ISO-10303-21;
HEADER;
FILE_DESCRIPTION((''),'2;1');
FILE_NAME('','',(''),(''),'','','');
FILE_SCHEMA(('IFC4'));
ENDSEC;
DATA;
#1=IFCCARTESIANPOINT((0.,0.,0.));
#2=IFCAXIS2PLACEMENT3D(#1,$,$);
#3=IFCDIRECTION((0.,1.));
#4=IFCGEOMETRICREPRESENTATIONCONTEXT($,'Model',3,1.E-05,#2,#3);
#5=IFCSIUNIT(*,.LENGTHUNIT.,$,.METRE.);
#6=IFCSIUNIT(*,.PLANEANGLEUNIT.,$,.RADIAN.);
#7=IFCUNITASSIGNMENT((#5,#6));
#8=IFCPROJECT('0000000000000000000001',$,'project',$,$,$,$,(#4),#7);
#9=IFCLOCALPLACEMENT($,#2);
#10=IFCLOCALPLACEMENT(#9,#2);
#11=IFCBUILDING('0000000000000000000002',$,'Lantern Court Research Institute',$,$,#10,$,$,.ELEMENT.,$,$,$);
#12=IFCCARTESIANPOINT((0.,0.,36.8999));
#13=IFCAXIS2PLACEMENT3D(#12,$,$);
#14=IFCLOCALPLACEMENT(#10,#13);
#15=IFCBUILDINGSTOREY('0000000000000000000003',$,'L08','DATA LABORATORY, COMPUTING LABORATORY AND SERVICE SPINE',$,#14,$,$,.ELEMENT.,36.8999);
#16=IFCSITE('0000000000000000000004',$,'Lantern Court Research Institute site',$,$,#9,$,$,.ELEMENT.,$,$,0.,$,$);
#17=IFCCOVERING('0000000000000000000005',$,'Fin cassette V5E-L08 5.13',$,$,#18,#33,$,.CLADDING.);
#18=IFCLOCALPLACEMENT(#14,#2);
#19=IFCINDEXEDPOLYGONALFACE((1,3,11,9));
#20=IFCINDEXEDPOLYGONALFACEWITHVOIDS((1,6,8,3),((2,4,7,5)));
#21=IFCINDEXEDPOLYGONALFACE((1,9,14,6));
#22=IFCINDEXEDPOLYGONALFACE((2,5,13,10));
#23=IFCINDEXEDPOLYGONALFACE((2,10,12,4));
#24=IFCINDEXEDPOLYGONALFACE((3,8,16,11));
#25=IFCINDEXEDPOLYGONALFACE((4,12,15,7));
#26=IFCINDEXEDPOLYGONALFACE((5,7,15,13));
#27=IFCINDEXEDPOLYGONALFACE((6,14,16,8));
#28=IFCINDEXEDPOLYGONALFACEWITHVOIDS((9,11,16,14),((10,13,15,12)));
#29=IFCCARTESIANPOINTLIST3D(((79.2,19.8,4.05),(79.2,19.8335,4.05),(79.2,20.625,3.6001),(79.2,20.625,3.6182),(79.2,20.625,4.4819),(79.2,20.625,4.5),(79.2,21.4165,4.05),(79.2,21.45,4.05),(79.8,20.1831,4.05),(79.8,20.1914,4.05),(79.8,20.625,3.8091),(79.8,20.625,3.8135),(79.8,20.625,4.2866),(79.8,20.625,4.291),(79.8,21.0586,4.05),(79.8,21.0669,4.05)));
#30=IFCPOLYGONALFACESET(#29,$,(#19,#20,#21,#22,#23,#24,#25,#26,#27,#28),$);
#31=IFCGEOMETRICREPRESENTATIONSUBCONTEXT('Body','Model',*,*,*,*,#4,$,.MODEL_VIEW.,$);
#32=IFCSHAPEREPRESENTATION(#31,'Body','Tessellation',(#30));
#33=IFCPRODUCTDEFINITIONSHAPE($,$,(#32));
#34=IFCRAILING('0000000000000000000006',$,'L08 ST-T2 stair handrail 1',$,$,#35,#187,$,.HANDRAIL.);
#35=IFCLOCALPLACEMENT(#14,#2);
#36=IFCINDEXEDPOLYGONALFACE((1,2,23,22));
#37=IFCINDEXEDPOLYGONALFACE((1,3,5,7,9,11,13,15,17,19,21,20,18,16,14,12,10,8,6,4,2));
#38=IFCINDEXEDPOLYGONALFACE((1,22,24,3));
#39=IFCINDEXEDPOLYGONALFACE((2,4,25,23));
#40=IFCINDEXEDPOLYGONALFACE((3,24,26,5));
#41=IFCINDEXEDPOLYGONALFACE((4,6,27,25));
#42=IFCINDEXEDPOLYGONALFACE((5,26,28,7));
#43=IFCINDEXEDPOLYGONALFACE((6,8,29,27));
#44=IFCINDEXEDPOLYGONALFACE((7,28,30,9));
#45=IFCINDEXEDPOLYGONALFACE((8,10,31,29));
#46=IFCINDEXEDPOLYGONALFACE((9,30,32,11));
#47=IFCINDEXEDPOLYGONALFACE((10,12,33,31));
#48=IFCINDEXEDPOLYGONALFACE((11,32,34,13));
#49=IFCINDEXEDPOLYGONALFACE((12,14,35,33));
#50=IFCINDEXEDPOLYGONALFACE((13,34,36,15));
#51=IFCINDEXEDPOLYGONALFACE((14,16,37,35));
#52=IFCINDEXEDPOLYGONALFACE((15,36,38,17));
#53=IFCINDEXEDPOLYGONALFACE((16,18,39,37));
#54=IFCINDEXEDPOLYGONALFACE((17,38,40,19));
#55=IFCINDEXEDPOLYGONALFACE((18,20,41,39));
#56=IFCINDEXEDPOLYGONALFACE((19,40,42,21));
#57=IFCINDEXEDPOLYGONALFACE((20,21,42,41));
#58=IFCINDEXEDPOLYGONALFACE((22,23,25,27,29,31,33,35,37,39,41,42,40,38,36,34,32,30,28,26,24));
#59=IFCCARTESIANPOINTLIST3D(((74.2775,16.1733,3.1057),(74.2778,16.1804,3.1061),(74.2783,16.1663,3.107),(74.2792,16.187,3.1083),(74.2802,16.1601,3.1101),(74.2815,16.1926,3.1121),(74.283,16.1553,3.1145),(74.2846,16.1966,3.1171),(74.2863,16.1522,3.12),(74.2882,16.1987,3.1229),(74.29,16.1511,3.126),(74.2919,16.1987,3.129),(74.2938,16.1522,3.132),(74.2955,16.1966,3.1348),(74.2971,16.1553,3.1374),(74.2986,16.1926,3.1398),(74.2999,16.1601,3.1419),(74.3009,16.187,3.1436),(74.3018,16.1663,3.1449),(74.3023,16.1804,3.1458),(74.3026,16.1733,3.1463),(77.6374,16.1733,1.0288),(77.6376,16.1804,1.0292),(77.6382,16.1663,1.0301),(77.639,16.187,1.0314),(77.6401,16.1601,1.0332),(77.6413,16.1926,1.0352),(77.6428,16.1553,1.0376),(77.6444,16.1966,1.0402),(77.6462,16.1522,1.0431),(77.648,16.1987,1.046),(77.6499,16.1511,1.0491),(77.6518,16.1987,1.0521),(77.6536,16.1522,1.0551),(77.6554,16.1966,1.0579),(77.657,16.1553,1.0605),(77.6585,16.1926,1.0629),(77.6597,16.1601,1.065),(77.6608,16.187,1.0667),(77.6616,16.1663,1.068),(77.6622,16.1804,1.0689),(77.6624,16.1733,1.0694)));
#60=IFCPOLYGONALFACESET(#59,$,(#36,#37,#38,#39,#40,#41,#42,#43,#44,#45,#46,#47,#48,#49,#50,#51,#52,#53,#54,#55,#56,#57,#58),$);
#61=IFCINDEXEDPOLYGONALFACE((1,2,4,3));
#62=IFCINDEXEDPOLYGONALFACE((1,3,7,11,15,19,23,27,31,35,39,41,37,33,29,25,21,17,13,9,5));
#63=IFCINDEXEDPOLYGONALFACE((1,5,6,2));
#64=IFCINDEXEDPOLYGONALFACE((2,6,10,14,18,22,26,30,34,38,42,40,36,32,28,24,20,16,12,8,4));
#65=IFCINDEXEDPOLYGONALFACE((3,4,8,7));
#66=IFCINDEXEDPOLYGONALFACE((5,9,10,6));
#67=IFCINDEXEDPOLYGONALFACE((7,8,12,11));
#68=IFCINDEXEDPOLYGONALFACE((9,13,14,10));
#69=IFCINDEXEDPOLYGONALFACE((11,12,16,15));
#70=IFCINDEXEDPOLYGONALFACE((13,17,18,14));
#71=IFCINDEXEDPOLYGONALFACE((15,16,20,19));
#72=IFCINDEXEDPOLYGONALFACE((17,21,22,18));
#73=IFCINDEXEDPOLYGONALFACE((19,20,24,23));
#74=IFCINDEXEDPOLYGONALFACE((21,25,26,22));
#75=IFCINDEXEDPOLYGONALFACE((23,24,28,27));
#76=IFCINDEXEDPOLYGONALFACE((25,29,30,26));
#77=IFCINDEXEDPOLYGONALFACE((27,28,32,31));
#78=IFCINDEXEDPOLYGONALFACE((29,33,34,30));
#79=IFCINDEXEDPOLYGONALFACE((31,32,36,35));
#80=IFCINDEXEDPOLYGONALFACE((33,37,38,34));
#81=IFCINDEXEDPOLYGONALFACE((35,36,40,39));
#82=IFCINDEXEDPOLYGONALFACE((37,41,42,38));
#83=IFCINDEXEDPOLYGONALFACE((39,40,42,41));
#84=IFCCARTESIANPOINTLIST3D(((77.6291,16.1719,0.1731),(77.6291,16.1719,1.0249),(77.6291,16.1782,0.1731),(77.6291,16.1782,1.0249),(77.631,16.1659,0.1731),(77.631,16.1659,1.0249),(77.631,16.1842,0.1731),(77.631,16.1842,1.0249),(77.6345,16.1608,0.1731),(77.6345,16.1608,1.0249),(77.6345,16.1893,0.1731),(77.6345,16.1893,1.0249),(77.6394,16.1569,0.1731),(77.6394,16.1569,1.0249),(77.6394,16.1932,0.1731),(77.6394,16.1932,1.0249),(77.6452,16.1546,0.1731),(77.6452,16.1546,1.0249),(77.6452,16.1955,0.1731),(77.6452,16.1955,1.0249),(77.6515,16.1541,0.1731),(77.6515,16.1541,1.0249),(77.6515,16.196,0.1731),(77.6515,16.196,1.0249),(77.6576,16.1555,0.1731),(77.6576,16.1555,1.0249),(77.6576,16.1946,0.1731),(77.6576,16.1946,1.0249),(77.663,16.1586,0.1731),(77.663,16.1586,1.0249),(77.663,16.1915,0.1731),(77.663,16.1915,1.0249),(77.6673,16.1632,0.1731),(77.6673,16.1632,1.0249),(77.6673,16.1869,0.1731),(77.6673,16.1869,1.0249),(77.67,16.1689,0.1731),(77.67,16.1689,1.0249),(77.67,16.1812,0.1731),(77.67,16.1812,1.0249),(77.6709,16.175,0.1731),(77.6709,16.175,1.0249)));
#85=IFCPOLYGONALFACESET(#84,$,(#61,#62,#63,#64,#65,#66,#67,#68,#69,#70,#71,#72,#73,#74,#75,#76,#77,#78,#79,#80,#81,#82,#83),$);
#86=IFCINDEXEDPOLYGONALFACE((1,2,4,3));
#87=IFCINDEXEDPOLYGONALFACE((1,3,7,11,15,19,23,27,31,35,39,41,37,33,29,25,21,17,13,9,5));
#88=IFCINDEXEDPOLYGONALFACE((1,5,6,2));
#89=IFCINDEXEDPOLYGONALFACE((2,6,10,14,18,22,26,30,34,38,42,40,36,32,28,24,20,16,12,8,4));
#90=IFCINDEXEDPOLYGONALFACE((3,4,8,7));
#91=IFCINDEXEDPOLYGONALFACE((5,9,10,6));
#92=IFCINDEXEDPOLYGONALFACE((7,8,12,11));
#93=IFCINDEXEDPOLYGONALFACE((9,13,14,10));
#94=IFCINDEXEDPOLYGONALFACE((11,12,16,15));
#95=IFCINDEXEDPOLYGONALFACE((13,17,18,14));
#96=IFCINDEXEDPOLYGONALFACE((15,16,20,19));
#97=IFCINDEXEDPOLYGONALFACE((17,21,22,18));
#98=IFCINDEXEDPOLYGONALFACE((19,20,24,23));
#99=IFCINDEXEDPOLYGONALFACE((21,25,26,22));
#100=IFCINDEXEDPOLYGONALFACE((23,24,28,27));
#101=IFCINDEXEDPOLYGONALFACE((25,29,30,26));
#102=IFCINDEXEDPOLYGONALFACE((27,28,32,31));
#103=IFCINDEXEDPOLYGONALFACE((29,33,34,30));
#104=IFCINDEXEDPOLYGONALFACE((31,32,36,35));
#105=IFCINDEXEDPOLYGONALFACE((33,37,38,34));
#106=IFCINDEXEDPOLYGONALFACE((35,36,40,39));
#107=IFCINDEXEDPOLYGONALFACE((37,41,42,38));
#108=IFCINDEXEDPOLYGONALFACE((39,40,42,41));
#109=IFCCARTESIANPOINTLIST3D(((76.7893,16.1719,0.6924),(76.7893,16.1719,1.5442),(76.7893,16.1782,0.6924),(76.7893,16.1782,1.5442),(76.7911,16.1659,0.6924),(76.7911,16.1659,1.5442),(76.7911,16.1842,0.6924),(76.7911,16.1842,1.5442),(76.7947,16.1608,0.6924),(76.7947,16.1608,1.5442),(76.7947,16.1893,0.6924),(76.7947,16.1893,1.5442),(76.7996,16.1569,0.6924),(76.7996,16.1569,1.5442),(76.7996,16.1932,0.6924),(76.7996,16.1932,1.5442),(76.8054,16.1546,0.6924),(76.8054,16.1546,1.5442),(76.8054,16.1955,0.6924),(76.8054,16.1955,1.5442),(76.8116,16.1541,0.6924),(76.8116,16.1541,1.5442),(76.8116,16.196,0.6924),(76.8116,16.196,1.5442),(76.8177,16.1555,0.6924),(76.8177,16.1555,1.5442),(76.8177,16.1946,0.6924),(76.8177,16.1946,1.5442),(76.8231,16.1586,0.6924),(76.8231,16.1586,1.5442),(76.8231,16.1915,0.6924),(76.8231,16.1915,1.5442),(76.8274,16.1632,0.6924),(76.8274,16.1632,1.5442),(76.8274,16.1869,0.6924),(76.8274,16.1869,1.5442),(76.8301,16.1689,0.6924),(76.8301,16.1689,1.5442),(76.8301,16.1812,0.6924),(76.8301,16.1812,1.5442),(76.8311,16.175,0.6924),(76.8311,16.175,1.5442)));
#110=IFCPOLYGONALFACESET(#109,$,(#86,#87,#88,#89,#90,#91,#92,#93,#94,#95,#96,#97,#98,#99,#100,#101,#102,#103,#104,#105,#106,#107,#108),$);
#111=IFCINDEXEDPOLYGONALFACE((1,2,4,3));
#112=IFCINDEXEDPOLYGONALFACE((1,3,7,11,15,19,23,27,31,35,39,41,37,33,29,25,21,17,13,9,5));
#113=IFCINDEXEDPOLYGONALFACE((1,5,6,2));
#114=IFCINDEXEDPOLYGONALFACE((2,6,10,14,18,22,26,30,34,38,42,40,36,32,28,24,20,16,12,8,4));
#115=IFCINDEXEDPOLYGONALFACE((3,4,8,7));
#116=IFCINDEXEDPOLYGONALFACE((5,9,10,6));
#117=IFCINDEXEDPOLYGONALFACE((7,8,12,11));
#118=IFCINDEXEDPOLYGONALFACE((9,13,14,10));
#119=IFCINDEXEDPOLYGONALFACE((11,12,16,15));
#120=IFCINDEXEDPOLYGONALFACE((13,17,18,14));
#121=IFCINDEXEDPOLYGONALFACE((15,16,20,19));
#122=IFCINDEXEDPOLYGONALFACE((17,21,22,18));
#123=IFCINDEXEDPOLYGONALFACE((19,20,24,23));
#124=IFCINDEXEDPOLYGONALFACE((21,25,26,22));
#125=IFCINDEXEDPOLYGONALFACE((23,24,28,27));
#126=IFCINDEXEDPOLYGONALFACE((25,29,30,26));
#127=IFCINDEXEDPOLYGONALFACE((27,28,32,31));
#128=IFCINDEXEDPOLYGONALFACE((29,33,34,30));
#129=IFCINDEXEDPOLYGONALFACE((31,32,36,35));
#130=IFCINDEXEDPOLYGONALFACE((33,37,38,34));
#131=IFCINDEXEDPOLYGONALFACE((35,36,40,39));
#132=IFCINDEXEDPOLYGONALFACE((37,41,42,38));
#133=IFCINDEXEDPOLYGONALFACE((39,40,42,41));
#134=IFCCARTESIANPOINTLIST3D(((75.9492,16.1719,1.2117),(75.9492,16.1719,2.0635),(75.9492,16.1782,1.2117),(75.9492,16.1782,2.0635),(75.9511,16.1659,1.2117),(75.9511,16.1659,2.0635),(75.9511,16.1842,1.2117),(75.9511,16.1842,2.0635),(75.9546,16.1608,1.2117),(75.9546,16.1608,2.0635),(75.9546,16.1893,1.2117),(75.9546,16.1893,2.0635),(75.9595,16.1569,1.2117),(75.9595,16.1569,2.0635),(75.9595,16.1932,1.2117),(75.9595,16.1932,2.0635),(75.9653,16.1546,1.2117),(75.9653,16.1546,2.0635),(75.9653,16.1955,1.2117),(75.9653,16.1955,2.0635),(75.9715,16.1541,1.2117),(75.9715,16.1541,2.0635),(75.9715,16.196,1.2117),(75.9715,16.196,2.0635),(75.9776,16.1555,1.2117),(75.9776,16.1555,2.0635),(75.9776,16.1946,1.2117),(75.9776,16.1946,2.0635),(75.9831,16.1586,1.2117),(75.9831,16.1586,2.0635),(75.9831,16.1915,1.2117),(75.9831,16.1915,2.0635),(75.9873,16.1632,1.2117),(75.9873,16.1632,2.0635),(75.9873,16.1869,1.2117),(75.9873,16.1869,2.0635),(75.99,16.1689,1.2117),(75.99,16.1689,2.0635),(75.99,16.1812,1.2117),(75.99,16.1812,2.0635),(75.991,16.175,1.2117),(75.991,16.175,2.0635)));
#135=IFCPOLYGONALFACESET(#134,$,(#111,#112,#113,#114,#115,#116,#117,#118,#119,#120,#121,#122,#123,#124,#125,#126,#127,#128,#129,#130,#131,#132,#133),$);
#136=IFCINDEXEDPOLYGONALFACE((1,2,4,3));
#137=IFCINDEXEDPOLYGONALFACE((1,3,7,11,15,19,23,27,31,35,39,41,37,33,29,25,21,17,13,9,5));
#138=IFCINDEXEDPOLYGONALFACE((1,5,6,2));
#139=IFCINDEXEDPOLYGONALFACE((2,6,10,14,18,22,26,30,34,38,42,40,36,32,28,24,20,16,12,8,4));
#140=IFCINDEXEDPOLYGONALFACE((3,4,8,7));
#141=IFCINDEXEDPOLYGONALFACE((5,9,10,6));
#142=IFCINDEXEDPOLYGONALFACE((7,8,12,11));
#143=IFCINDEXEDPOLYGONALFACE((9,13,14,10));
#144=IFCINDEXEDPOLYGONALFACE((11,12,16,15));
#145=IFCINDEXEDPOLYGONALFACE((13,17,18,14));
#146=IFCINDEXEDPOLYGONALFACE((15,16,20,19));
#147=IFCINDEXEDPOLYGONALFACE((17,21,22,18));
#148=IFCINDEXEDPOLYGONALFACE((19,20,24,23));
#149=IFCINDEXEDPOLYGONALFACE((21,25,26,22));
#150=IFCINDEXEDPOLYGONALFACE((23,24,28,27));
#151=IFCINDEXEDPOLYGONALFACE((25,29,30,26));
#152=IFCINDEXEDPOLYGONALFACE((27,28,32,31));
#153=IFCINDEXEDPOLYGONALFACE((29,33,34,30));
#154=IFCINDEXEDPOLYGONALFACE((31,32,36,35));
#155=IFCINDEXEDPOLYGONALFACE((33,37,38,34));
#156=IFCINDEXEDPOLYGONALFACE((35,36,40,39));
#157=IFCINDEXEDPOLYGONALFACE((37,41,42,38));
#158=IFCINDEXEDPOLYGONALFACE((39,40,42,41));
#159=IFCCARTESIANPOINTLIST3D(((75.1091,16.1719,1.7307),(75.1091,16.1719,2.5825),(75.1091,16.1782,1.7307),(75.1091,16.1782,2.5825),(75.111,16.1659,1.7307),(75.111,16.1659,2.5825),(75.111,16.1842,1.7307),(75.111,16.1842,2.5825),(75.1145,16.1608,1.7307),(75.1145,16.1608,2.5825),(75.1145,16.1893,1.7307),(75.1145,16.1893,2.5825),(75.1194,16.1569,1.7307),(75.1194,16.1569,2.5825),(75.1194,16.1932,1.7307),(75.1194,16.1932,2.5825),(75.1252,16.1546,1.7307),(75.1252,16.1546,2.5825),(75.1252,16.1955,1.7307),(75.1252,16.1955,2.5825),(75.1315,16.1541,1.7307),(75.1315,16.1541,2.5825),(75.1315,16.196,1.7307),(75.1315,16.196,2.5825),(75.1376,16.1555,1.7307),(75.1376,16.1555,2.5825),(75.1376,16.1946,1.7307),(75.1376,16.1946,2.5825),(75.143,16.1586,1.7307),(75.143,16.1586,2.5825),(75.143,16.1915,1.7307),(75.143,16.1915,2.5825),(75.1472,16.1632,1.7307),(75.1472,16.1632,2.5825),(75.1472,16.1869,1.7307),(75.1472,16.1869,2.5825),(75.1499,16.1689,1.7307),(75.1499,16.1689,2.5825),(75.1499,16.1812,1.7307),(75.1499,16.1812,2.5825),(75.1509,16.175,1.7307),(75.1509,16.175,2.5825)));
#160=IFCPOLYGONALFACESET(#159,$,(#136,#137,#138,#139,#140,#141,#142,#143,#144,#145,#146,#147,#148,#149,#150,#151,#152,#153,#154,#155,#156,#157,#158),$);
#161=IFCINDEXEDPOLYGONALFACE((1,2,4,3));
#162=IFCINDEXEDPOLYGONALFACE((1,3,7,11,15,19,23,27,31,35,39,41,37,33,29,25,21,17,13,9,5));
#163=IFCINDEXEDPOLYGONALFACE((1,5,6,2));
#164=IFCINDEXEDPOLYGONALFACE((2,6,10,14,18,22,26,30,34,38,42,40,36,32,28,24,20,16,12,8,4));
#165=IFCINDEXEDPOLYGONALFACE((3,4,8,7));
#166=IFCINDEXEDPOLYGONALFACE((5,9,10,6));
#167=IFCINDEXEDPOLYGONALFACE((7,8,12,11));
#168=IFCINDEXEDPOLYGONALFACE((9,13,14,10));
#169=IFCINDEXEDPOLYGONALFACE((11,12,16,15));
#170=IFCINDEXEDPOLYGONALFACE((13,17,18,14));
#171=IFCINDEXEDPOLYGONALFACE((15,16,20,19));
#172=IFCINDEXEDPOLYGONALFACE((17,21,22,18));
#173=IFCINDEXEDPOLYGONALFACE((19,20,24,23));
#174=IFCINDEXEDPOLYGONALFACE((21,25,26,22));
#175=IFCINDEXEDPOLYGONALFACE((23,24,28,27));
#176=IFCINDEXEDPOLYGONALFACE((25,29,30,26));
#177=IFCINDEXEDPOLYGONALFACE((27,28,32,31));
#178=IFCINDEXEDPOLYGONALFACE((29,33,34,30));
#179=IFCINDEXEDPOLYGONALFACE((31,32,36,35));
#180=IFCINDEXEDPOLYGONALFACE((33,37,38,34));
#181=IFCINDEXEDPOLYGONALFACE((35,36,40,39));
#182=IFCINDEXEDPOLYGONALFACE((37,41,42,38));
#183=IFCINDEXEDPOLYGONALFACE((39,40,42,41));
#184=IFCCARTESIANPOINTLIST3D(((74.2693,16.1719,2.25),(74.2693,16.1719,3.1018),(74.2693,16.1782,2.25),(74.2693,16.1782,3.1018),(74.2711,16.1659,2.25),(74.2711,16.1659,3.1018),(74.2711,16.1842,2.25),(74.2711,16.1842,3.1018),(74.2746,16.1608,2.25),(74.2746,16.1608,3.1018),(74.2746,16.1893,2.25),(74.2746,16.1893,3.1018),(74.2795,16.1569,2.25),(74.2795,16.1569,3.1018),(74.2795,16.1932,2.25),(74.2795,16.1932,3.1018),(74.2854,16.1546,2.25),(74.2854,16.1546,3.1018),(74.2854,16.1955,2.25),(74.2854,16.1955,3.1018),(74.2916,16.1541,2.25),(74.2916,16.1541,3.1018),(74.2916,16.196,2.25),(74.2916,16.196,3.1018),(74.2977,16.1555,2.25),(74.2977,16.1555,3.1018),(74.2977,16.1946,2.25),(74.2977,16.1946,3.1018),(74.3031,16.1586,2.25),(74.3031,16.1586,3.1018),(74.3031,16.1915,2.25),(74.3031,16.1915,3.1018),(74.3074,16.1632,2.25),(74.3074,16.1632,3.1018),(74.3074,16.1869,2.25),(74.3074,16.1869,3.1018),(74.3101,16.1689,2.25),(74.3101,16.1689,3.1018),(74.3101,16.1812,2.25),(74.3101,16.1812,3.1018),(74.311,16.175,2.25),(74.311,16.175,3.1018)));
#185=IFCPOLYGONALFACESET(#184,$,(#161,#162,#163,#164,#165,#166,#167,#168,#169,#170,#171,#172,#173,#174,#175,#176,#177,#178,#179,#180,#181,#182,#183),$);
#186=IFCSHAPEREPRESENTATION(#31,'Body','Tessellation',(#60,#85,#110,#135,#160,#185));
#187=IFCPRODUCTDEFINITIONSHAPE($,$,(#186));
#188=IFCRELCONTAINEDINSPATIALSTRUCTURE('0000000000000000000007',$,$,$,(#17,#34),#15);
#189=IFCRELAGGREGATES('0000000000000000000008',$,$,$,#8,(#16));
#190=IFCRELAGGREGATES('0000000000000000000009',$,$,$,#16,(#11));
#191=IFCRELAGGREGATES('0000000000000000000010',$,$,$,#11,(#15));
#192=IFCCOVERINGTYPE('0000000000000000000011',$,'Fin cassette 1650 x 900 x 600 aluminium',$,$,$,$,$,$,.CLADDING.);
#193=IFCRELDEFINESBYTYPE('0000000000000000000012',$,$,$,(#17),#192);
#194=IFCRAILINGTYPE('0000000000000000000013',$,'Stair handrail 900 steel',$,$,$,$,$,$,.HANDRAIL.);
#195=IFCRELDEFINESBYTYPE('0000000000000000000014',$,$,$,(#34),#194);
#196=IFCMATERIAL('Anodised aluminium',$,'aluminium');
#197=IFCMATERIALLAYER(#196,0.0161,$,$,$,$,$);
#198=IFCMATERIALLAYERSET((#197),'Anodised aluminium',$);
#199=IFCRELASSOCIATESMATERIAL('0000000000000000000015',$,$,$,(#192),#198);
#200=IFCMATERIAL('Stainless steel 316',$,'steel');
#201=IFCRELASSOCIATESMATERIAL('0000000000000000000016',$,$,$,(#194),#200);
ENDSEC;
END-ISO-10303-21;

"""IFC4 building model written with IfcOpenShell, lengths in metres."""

from ifc_helpers import new_model, entity, si_unit, direction, frame, origin, origin_2d, place, context, subcontext, project, spatial, circle, extrude, material, layer, layer_set, type_object, element, save


model = new_model("IFC4")

# Units and contexts
model_context = context("Model", 3, precision=1e-05, world=origin(), true_north=direction((0.0, 1.0)))
body_context = subcontext(model_context, "Body", "Model", "MODEL_VIEW")
ifc_project = project(units=[si_unit("LENGTHUNIT", "METRE"), si_unit("PLANEANGLEUNIT", "RADIAN")], contexts=[model_context])

# Site, building, storey
site_placement = place(None, origin())
site = spatial("IfcSite", under=ifc_project, at=site_placement, Name="Lantern Court Research Institute site", CompositionType="ELEMENT", RefElevation=0.0)
building_placement = place(site_placement, origin())
building = spatial("IfcBuilding", under=site, at=building_placement, Name="Lantern Court Research Institute", CompositionType="ELEMENT")
storey_placement = place(building_placement, frame((0.0, 0.0, 36.8999)))
storey = spatial("IfcBuildingStorey", under=building, at=storey_placement, Name="L08", Description="DATA LABORATORY, COMPUTING LABORATORY AND SERVICE SPINE", CompositionType="ELEMENT", Elevation=36.8999)

# Covering
ifc_material_1 = material(Name="Anodised aluminium", Category="aluminium")
ifc_layer_1 = layer(ifc_material_1, 0.0161)
ifc_layer_set_1 = layer_set([ifc_layer_1], Name="Anodised aluminium")
covering_type = type_object("IfcCoveringType", Name="Fin cassette 1650 x 900 x 600 aluminium", PredefinedType="CLADDING", material=ifc_layer_set_1)
covering_1_placement = place(storey_placement, frame((79.2, 20.625, 4.05), z_axis=(1.0, 0.0, 0.0), x_axis=(0.0, 1.0, 0.0)))
cartesian_point_1 = entity("IfcCartesianPoint", [0.825, 0.0])
cartesian_point_2 = entity("IfcCartesianPoint", [0.7915, 0.0])
cartesian_point_3 = entity("IfcCartesianPoint", [0.4419, 0.0])
cartesian_point_4 = entity("IfcCartesianPoint", [0.4336, 0.0])
element("IfcCovering", 1, at=covering_1_placement, inside=storey, type_object=covering_type, Name="Fin cassette V5E-L08 5.13", PredefinedType="CLADDING", context=body_context, shape_type="SweptSolid", body=[
    entity("IfcExtrudedAreaSolidTapered", entity("IfcArbitraryProfileDefWithVoids", "AREA", None, entity("IfcPolyline", [cartesian_point_1, entity("IfcCartesianPoint", [0.0, 0.45]), entity("IfcCartesianPoint", [-0.825, 0.0]), entity("IfcCartesianPoint", [0.0, -0.45]), cartesian_point_1]), [entity("IfcPolyline", [cartesian_point_2, entity("IfcCartesianPoint", [0.0, 0.4319]), entity("IfcCartesianPoint", [-0.7915, 0.0]), entity("IfcCartesianPoint", [0.0, -0.4319]), cartesian_point_2])]), entity("IfcAxis2Placement3D", entity("IfcCartesianPoint", [0.0, 0.0, 0.0])), entity("IfcDirection", [0.0, 0.0, 1.0]), 0.6001, entity("IfcArbitraryProfileDefWithVoids", "AREA", None, entity("IfcPolyline", [cartesian_point_3, entity("IfcCartesianPoint", [0.0, 0.241]), entity("IfcCartesianPoint", [-0.4419, 0.0]), entity("IfcCartesianPoint", [0.0, -0.241]), cartesian_point_3]), [entity("IfcPolyline", [cartesian_point_4, entity("IfcCartesianPoint", [0.0, 0.2366]), entity("IfcCartesianPoint", [-0.4336, 0.0]), entity("IfcCartesianPoint", [0.0, -0.2366]), cartesian_point_4])])),
])

# Railing
ifc_material_2 = material(Name="Stainless steel 316", Category="steel")
railing_type = type_object("IfcRailingType", Name="Stair handrail 900 steel", PredefinedType="HANDRAIL", material=ifc_material_2)
railing_placement = place(storey_placement, frame((77.6499, 16.175, 0.1731)))
element("IfcRailing", 2, at=railing_placement, inside=storey, type_object=railing_type, Name="L08 ST-T2 stair handrail 1", PredefinedType="HANDRAIL", context=body_context, shape_type="SweptSolid", body=[
    extrude(circle(Radius=0.0239, at=origin_2d()), frame((0.0, 0.0, 0.876), z_axis=(-0.850606, 0.0, 0.525803), x_axis=(0.0, -1.0, 0.0)), (0.0, 0.0, 1.0), 3.95),
    extrude(circle(Radius=0.021, at=origin_2d()), origin(), (0.0, 0.0, 1.0), 0.8518),
    extrude(circle(Radius=0.021, at=origin_2d()), frame((-0.8398, 0.0, 0.5193)), (0.0, 0.0, 1.0), 0.8518),
    extrude(circle(Radius=0.021, at=origin_2d()), frame((-1.6799, 0.0, 1.0386)), (0.0, 0.0, 1.0), 0.8518),
    extrude(circle(Radius=0.021, at=origin_2d()), frame((-2.52, 0.0, 1.5576)), (0.0, 0.0, 1.0), 0.8518),
    extrude(circle(Radius=0.021, at=origin_2d()), frame((-3.3599, 0.0, 2.0769)), (0.0, 0.0, 1.0), 0.8518),
])

save(model, "model.ifc")
